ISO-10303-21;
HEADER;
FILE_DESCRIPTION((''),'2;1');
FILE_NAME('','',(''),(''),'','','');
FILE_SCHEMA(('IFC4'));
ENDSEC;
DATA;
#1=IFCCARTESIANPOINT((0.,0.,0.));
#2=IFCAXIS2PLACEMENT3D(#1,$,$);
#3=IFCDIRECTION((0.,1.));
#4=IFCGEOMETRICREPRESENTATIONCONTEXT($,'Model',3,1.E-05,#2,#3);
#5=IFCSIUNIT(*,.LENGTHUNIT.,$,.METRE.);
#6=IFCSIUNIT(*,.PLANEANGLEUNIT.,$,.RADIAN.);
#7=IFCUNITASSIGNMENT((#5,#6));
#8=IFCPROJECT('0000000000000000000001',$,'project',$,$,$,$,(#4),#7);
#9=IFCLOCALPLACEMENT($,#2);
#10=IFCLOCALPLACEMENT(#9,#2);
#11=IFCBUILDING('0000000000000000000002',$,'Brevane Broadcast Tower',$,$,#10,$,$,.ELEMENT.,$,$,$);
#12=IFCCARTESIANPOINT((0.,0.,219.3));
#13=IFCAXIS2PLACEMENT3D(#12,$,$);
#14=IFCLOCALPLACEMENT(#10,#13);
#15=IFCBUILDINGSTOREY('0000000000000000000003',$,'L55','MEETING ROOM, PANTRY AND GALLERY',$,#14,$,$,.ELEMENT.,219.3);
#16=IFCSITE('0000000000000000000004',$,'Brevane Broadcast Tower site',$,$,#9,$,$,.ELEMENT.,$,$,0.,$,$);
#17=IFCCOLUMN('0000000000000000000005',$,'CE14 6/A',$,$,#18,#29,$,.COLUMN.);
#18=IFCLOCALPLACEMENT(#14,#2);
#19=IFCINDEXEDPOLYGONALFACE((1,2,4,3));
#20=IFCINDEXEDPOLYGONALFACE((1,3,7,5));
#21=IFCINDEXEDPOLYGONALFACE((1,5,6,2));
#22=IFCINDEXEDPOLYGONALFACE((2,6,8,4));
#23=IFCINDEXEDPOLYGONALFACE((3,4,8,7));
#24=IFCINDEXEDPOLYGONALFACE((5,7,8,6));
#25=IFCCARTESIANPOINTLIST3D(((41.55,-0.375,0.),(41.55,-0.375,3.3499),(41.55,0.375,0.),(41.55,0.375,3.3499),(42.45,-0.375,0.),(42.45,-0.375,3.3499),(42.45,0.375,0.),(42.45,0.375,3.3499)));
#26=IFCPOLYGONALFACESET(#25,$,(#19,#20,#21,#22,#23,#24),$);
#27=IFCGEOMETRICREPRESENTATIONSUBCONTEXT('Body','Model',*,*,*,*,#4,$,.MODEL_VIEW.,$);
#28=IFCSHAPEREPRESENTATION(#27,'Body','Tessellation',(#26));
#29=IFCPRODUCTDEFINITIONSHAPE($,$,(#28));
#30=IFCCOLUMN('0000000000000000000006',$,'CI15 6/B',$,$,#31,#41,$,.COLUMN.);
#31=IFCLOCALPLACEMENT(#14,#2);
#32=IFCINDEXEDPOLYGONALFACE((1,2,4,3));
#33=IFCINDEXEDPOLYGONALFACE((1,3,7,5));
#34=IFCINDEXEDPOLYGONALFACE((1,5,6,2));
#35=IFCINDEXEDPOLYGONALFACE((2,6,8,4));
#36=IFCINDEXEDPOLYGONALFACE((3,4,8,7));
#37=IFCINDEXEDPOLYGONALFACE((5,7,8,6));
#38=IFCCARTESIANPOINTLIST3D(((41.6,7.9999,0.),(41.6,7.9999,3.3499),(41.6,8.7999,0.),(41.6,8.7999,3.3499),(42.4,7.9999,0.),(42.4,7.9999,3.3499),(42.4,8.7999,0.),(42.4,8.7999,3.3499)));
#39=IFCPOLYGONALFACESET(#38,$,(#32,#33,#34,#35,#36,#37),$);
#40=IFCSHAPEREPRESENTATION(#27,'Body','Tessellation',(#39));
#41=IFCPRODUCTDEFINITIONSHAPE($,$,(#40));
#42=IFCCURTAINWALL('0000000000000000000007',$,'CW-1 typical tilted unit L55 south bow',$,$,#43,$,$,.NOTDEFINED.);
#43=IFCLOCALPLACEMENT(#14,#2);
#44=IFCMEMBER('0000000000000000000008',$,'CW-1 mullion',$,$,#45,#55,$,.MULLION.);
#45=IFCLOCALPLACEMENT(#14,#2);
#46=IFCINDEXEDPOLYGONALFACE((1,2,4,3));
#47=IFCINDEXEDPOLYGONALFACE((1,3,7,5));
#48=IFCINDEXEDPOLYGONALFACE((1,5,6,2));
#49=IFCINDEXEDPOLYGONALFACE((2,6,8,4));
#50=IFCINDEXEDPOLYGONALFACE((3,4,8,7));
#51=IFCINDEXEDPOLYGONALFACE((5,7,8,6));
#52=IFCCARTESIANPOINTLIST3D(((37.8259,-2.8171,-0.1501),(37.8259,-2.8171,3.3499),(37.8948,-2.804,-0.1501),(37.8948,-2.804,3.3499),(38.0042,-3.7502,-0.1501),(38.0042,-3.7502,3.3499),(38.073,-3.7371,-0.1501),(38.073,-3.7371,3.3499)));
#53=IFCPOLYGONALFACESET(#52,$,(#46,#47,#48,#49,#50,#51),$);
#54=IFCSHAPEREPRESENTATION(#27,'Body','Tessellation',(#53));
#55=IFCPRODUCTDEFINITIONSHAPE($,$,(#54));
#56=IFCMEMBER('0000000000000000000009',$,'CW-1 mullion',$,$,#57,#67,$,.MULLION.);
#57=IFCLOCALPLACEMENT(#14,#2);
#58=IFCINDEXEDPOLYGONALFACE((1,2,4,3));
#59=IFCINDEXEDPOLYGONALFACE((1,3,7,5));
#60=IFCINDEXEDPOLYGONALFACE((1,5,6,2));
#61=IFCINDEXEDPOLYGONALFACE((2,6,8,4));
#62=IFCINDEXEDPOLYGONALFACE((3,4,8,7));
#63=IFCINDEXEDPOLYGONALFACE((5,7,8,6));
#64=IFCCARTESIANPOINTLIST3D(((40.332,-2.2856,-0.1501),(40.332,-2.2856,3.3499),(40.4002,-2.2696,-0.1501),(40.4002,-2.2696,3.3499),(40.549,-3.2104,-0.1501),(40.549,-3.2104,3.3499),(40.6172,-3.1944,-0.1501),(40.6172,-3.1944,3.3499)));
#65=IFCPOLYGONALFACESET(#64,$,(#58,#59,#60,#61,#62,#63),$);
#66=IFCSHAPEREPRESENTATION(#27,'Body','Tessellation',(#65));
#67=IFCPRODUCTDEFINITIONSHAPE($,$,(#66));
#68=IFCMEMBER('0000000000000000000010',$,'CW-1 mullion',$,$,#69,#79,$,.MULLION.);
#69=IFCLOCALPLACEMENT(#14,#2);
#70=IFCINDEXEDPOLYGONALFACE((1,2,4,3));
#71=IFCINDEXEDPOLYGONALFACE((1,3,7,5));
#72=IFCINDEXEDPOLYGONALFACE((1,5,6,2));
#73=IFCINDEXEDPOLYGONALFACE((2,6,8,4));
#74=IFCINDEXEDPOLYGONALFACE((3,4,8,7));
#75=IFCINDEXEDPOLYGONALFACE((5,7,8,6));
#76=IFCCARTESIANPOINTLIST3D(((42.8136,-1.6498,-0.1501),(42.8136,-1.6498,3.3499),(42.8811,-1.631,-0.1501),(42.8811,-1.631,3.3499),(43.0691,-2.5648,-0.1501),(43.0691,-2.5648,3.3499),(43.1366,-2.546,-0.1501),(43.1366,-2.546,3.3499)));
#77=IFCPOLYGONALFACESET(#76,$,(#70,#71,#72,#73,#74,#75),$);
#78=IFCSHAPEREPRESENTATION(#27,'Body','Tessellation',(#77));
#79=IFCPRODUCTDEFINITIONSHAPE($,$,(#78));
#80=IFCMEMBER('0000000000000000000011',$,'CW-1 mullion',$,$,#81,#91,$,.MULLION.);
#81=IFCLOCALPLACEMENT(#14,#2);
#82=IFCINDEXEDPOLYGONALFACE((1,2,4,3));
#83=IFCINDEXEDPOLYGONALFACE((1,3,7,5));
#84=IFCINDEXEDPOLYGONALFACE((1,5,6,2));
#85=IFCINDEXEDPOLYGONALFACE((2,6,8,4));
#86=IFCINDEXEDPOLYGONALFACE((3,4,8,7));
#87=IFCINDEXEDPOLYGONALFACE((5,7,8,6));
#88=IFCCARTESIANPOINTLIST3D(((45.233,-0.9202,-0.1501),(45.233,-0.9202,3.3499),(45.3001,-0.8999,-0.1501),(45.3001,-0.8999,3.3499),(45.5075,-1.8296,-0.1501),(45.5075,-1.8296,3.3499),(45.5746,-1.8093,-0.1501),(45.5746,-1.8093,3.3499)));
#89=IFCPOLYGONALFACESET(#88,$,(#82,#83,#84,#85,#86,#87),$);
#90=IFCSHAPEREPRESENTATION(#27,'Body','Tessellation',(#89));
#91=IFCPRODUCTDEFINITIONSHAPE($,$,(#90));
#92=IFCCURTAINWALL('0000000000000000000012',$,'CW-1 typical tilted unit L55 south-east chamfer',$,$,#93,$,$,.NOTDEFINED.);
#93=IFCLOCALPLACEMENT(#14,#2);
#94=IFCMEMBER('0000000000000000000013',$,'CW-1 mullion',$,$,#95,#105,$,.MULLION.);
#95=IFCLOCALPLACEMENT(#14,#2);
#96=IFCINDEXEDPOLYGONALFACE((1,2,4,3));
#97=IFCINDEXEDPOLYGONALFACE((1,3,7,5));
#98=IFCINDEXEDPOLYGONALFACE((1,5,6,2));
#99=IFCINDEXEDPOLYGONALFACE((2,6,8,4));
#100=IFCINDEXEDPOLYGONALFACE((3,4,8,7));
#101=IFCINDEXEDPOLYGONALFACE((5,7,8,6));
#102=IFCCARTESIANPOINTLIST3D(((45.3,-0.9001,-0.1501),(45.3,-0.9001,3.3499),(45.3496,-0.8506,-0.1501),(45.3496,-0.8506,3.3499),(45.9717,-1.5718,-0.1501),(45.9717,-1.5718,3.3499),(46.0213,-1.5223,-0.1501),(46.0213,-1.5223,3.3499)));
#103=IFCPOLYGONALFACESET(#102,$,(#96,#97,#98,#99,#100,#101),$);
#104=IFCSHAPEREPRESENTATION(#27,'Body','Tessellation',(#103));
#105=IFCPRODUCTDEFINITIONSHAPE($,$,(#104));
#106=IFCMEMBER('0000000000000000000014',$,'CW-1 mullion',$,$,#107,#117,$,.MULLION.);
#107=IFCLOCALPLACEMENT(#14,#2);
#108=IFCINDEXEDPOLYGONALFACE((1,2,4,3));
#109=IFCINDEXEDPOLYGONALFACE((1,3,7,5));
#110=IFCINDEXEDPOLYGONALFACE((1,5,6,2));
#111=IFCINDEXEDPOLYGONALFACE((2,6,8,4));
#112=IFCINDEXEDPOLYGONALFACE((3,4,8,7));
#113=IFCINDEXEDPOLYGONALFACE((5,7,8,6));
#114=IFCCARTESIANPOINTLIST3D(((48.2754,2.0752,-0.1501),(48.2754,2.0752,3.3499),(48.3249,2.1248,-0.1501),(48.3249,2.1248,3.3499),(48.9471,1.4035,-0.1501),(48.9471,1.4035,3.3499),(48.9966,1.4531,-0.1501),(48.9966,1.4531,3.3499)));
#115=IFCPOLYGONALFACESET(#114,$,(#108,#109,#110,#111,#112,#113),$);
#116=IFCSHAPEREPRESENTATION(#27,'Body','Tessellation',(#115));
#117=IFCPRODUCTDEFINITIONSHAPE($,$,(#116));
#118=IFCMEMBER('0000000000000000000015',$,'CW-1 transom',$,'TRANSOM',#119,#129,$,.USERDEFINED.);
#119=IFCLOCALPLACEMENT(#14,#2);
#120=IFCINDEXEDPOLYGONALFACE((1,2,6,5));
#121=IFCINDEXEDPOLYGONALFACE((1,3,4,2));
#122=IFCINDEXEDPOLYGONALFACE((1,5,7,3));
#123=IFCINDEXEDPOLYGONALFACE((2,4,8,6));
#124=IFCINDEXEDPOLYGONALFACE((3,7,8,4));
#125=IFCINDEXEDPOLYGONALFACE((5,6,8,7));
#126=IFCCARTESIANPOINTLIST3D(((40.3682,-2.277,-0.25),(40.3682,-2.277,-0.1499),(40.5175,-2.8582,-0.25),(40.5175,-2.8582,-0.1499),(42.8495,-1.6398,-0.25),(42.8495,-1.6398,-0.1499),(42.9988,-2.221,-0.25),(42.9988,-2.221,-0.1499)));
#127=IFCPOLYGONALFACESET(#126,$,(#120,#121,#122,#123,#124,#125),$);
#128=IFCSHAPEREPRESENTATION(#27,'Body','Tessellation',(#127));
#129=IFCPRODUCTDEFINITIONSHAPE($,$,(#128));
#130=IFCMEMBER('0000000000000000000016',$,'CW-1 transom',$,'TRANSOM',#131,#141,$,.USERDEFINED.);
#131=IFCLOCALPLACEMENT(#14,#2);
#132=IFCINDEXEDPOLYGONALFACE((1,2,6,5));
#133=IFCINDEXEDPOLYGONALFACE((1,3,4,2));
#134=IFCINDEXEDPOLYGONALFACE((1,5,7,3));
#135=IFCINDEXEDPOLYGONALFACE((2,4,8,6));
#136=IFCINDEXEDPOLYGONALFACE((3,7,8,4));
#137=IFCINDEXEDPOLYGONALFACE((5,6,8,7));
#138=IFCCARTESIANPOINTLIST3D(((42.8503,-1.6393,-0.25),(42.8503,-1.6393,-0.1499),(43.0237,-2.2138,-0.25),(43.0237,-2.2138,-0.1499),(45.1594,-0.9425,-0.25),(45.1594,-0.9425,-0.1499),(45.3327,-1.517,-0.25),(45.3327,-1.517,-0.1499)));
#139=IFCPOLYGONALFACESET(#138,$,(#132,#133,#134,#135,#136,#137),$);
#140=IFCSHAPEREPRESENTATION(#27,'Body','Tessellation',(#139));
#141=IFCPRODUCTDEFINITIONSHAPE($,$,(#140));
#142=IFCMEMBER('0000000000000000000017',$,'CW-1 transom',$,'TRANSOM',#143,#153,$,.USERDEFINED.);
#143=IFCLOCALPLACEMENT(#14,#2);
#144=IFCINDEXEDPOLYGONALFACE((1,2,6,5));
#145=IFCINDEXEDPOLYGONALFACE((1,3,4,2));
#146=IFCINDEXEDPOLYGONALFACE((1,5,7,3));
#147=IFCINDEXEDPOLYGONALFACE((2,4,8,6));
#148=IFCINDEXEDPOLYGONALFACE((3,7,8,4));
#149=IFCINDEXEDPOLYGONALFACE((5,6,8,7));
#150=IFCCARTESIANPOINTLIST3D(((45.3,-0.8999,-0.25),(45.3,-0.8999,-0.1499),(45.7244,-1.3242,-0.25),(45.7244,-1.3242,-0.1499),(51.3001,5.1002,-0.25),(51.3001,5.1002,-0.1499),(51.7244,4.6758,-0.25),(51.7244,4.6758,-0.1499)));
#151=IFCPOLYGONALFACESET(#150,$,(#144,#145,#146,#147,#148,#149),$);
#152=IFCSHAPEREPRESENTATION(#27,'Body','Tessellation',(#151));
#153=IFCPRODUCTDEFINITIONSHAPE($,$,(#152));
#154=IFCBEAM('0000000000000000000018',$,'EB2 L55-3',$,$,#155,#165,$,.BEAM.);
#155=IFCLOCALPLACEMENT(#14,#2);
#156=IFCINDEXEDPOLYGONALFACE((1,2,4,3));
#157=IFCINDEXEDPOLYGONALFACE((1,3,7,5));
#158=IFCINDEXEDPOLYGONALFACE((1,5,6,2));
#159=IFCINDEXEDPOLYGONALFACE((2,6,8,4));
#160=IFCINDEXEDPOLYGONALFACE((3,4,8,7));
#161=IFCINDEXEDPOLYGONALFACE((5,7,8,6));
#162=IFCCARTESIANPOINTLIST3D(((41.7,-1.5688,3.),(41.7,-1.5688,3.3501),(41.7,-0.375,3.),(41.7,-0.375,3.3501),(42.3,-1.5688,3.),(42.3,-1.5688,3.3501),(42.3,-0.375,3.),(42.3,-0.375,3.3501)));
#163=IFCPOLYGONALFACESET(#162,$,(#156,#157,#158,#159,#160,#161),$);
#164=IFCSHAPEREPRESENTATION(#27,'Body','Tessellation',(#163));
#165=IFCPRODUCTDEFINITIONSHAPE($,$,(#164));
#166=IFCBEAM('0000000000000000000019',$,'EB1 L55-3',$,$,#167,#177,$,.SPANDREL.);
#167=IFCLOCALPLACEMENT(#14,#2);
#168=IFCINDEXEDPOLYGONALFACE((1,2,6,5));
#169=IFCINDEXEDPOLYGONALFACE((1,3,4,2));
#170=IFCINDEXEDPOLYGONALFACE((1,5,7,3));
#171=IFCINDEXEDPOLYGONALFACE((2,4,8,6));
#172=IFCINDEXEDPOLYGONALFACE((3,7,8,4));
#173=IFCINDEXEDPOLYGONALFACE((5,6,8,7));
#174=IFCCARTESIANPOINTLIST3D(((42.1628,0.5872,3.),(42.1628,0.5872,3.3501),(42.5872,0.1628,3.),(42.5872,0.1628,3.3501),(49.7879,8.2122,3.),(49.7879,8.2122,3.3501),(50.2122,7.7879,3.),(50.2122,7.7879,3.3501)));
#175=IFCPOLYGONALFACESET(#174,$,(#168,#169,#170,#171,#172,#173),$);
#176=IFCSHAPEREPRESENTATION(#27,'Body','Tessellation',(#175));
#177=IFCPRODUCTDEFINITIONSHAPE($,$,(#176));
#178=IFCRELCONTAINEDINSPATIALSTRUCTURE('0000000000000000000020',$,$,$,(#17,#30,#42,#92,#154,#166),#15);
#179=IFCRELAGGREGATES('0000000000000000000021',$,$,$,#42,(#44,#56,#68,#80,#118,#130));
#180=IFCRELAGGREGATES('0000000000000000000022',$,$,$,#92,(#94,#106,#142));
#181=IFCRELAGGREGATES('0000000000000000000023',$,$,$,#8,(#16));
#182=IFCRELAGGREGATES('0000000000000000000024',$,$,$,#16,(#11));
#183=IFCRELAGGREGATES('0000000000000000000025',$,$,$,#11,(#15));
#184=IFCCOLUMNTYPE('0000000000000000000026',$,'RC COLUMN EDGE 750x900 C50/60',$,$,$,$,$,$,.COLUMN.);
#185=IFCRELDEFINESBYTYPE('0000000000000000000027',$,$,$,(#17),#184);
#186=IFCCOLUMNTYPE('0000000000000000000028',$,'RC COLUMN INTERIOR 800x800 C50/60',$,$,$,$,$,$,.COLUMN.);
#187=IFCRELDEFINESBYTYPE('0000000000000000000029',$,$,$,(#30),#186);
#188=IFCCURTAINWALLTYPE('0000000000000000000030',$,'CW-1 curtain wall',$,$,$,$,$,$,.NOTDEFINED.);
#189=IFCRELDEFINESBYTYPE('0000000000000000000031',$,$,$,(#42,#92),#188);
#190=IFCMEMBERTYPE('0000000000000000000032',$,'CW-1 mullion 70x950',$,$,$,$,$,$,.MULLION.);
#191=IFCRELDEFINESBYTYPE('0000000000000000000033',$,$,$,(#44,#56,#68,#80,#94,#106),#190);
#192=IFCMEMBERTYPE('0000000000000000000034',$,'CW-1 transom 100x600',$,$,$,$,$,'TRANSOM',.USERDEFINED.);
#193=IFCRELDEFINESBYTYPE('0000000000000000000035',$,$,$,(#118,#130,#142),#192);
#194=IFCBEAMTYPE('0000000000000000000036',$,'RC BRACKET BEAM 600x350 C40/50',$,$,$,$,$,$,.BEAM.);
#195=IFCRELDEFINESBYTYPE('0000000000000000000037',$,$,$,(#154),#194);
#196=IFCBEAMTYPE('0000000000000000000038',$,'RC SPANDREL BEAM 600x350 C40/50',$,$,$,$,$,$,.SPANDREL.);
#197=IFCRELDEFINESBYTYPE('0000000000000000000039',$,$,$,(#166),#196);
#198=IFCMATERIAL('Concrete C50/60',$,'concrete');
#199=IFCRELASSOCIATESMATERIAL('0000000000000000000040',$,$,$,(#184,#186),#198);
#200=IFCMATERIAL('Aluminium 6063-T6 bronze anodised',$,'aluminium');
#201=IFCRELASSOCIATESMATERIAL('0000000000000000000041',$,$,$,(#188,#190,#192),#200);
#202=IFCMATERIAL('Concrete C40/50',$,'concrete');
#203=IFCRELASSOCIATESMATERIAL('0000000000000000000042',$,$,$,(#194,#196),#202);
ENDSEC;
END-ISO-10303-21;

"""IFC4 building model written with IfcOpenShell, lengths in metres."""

from ifc_helpers import new_model, si_unit, direction, frame, origin, origin_2d, place, context, subcontext, project, spatial, rectangle, extrude, material, material_profile, profile_set, type_object, element, aggregate, save


model = new_model("IFC4")

# Units and contexts
model_context = context("Model", 3, precision=1e-05, world=origin(), true_north=direction((0.0, 1.0)))
body_context = subcontext(model_context, "Body", "Model", "MODEL_VIEW")
ifc_project = project(units=[si_unit("LENGTHUNIT", "METRE"), si_unit("PLANEANGLEUNIT", "RADIAN")], contexts=[model_context])

# Site, building, storey
site_placement = place(None, origin())
site = spatial("IfcSite", under=ifc_project, at=site_placement, Name="Brevane Broadcast Tower site", CompositionType="ELEMENT", RefElevation=0.0)
building_placement = place(site_placement, origin())
building = spatial("IfcBuilding", under=site, at=building_placement, Name="Brevane Broadcast Tower", CompositionType="ELEMENT")
storey_placement = place(building_placement, frame((0.0, 0.0, 219.3)))
storey = spatial("IfcBuildingStorey", under=building, at=storey_placement, Name="L55", Description="MEETING ROOM, PANTRY AND GALLERY", CompositionType="ELEMENT", Elevation=219.3)

# Columns
ifc_material_1 = material(Name="Concrete C50/60", Category="concrete")
ifc_material_profile_1 = material_profile(ifc_material_1, rectangle(XDim=0.75, YDim=0.8999, at=origin_2d()), Name="RC 750x900")
ifc_profile_set_1 = profile_set([ifc_material_profile_1], Name="Concrete C50/60")
column_type_1 = type_object("IfcColumnType", Name="RC COLUMN EDGE 750x900 C50/60", PredefinedType="COLUMN", material=ifc_profile_set_1)
column_1_placement = place(storey_placement, frame((42.0, 0.0, 0.0), z_axis=(0.0, 0.0, 1.0), x_axis=(0.0, 1.0, 0.0)))
element("IfcColumn", 1, at=column_1_placement, inside=storey, type_object=column_type_1, Name="CE14 6/A", PredefinedType="COLUMN", context=body_context, shape_type="SweptSolid", body=[
    extrude(rectangle(XDim=0.75, YDim=0.8999, at=origin_2d()), origin(), (0.0, 0.0, 1.0), 3.3499),
])
ifc_material_profile_2 = material_profile(ifc_material_1, rectangle(XDim=0.8, YDim=0.8, at=origin_2d()), Name="RC 800x800")
ifc_profile_set_2 = profile_set([ifc_material_profile_2], Name="Concrete C50/60")
column_type_2 = type_object("IfcColumnType", Name="RC COLUMN INTERIOR 800x800 C50/60", PredefinedType="COLUMN", material=ifc_profile_set_2)
column_2_placement = place(storey_placement, frame((42.0, 8.3999, 0.0), z_axis=(0.0, 0.0, 1.0), x_axis=(1.0, 0.0, 0.0)))
element("IfcColumn", 2, at=column_2_placement, inside=storey, type_object=column_type_2, Name="CI15 6/B", PredefinedType="COLUMN", context=body_context, shape_type="SweptSolid", body=[
    extrude(rectangle(XDim=0.8, YDim=0.8, at=origin_2d()), origin(), (0.0, 0.0, 1.0), 3.3499),
])

# Curtain walls, members
ifc_material_2 = material(Name="Aluminium 6063-T6 bronze anodised", Category="aluminium")
curtain_wall_type = type_object("IfcCurtainWallType", Name="CW-1 curtain wall", PredefinedType="NOTDEFINED", material=ifc_material_2)
curtain_wall_1_placement = place(storey_placement, origin())
curtain_wall_1 = element("IfcCurtainWall", 3, at=curtain_wall_1_placement, inside=storey, type_object=curtain_wall_type, Name="CW-1 typical tilted unit L55 south bow", PredefinedType="NOTDEFINED")
ifc_material_profile_3 = material_profile(ifc_material_2, rectangle(XDim=0.95, YDim=0.0701, at=origin_2d()), Name="RECT 70x950")
ifc_profile_set_3 = profile_set([ifc_material_profile_3], Name="Aluminium 6063-T6 bronze anodised")
member_type_1 = type_object("IfcMemberType", Name="CW-1 mullion 70x950", PredefinedType="MULLION", material=ifc_profile_set_3)
member_1_placement = place(storey_placement, frame((37.9495, -3.2771, -0.1501), z_axis=(0.0, 0.0, 1.0), x_axis=(-0.187621, 0.982242, 0.0)))
member_1 = element("IfcMember", 4, at=member_1_placement, type_object=member_type_1, Name="CW-1 mullion", PredefinedType="MULLION", context=body_context, shape_type="SweptSolid", body=[
    extrude(rectangle(XDim=0.95, YDim=0.0701, at=origin_2d()), origin(), (0.0, 0.0, 1.0), 3.5),
])
member_2_placement = place(storey_placement, frame((40.4746, -2.74, -0.1501), z_axis=(0.0, 0.0, 1.0), x_axis=(-0.228467, 0.973552, 0.0)))
member_2 = element("IfcMember", 5, at=member_2_placement, type_object=member_type_1, Name="CW-1 mullion", PredefinedType="MULLION", context=body_context, shape_type="SweptSolid", body=[
    extrude(rectangle(XDim=0.95, YDim=0.0701, at=origin_2d()), origin(), (0.0, 0.0, 1.0), 3.5),
])
member_3_placement = place(storey_placement, frame((42.9751, -2.0979, -0.1501), z_axis=(0.0, 0.0, 1.0), x_axis=(-0.268916, 0.963164, 0.0)))
member_3 = element("IfcMember", 6, at=member_3_placement, type_object=member_type_1, Name="CW-1 mullion", PredefinedType="MULLION", context=body_context, shape_type="SweptSolid", body=[
    extrude(rectangle(XDim=0.95, YDim=0.0701, at=origin_2d()), origin(), (0.0, 0.0, 1.0), 3.5),
])
member_4_placement = place(storey_placement, frame((45.4038, -1.3647, -0.1501), z_axis=(0.0, 0.0, 1.0), x_axis=(-0.288968, 0.957339, 0.0)))
member_4 = element("IfcMember", 7, at=member_4_placement, type_object=member_type_1, Name="CW-1 mullion", PredefinedType="MULLION", context=body_context, shape_type="SweptSolid", body=[
    extrude(rectangle(XDim=0.95, YDim=0.0701, at=origin_2d()), origin(), (0.0, 0.0, 1.0), 3.5),
])
curtain_wall_2_placement = place(storey_placement, origin())
curtain_wall_2 = element("IfcCurtainWall", 8, at=curtain_wall_2_placement, inside=storey, type_object=curtain_wall_type, Name="CW-1 typical tilted unit L55 south-east chamfer", PredefinedType="NOTDEFINED")
member_5_placement = place(storey_placement, frame((45.6606, -1.2112, -0.1501), z_axis=(0.0, 0.0, 1.0), x_axis=(-0.707107, 0.707107, 0.0)))
member_5 = element("IfcMember", 9, at=member_5_placement, type_object=member_type_1, Name="CW-1 mullion", PredefinedType="MULLION", context=body_context, shape_type="SweptSolid", body=[
    extrude(rectangle(XDim=0.95, YDim=0.0701, at=origin_2d()), origin(), (0.0, 0.0, 1.0), 3.5),
])
member_6_placement = place(storey_placement, frame((48.636, 1.7642, -0.1501), z_axis=(0.0, 0.0, 1.0), x_axis=(-0.707107, 0.707107, 0.0)))
member_6 = element("IfcMember", 10, at=member_6_placement, type_object=member_type_1, Name="CW-1 mullion", PredefinedType="MULLION", context=body_context, shape_type="SweptSolid", body=[
    extrude(rectangle(XDim=0.95, YDim=0.0701, at=origin_2d()), origin(), (0.0, 0.0, 1.0), 3.5),
])

# Members
ifc_material_profile_4 = material_profile(ifc_material_2, rectangle(XDim=0.6001, YDim=0.1001, at=origin_2d()), Name="RECT 100x600")
ifc_profile_set_4 = profile_set([ifc_material_profile_4], Name="Aluminium 6063-T6 bronze anodised")
member_type_2 = type_object("IfcMemberType", Name="CW-1 transom 100x600", ElementType="TRANSOM", PredefinedType="USERDEFINED", material=ifc_profile_set_4)
member_7_placement = place(storey_placement, frame((40.4429, -2.5676, -0.2), z_axis=(0.96857, 0.248742, 0.0), x_axis=(-0.248742, 0.96857, 0.0)))
member_7 = element("IfcMember", 11, at=member_7_placement, type_object=member_type_2, Name="CW-1 transom", ObjectType="TRANSOM", PredefinedType="USERDEFINED", context=body_context, shape_type="SweptSolid", body=[
    extrude(rectangle(XDim=0.6001, YDim=0.1001, at=origin_2d()), origin(), (0.0, 0.0, 1.0), 2.5618),
])
member_8_placement = place(storey_placement, frame((42.937, -1.9265, -0.2), z_axis=(0.957363, 0.288889, 0.0), x_axis=(-0.288889, 0.957363, 0.0)))
member_8 = element("IfcMember", 12, at=member_8_placement, type_object=member_type_2, Name="CW-1 transom", ObjectType="TRANSOM", PredefinedType="USERDEFINED", context=body_context, shape_type="SweptSolid", body=[
    extrude(rectangle(XDim=0.6001, YDim=0.1001, at=origin_2d()), origin(), (0.0, 0.0, 1.0), 2.4119),
])
aggregate(curtain_wall_1, [member_1, member_2, member_3, member_4, member_7, member_8])
member_9_placement = place(storey_placement, frame((45.5122, -1.1121, -0.2), z_axis=(0.707107, 0.707107, 0.0), x_axis=(-0.707107, 0.707107, 0.0)))
member_9 = element("IfcMember", 13, at=member_9_placement, type_object=member_type_2, Name="CW-1 transom", ObjectType="TRANSOM", PredefinedType="USERDEFINED", context=body_context, shape_type="SweptSolid", body=[
    extrude(rectangle(XDim=0.6001, YDim=0.1001, at=origin_2d()), origin(), (0.0, 0.0, 1.0), 8.4854),
])
aggregate(curtain_wall_2, [member_5, member_6, member_9])

# Beams
ifc_material_3 = material(Name="Concrete C40/50", Category="concrete")
ifc_material_profile_5 = material_profile(ifc_material_3, rectangle(XDim=0.6001, YDim=0.3501, at=origin_2d()), Name="RC 600x350")
ifc_profile_set_5 = profile_set([ifc_material_profile_5], Name="Concrete C40/50")
beam_type_1 = type_object("IfcBeamType", Name="RC BRACKET BEAM 600x350 C40/50", PredefinedType="BEAM", material=ifc_profile_set_5)
beam_1_placement = place(storey_placement, frame((42.0, -0.375, 3.175), z_axis=(0.0, -1.0, 0.0), x_axis=(1.0, 0.0, 0.0)))
element("IfcBeam", 14, at=beam_1_placement, inside=storey, type_object=beam_type_1, Name="EB2 L55-3", PredefinedType="BEAM", context=body_context, shape_type="SweptSolid", body=[
    extrude(rectangle(XDim=0.6001, YDim=0.3501, at=origin_2d()), origin(), (0.0, 0.0, 1.0), 1.1938),
])
ifc_material_profile_6 = material_profile(ifc_material_3, rectangle(XDim=0.6001, YDim=0.3501, at=origin_2d()), Name="RC 600x350")
ifc_profile_set_6 = profile_set([ifc_material_profile_6], Name="Concrete C40/50")
beam_type_2 = type_object("IfcBeamType", Name="RC SPANDREL BEAM 600x350 C40/50", PredefinedType="SPANDREL", material=ifc_profile_set_6)
beam_2_placement = place(storey_placement, frame((42.375, 0.375, 3.175), z_axis=(0.707107, 0.707107, 0.0), x_axis=(-0.707107, 0.707107, 0.0)))
element("IfcBeam", 15, at=beam_2_placement, inside=storey, type_object=beam_type_2, Name="EB1 L55-3", PredefinedType="SPANDREL", context=body_context, shape_type="SweptSolid", body=[
    extrude(rectangle(XDim=0.6001, YDim=0.3501, at=origin_2d()), origin(), (0.0, 0.0, 1.0), 10.7834),
])

save(model, "model.ifc")
